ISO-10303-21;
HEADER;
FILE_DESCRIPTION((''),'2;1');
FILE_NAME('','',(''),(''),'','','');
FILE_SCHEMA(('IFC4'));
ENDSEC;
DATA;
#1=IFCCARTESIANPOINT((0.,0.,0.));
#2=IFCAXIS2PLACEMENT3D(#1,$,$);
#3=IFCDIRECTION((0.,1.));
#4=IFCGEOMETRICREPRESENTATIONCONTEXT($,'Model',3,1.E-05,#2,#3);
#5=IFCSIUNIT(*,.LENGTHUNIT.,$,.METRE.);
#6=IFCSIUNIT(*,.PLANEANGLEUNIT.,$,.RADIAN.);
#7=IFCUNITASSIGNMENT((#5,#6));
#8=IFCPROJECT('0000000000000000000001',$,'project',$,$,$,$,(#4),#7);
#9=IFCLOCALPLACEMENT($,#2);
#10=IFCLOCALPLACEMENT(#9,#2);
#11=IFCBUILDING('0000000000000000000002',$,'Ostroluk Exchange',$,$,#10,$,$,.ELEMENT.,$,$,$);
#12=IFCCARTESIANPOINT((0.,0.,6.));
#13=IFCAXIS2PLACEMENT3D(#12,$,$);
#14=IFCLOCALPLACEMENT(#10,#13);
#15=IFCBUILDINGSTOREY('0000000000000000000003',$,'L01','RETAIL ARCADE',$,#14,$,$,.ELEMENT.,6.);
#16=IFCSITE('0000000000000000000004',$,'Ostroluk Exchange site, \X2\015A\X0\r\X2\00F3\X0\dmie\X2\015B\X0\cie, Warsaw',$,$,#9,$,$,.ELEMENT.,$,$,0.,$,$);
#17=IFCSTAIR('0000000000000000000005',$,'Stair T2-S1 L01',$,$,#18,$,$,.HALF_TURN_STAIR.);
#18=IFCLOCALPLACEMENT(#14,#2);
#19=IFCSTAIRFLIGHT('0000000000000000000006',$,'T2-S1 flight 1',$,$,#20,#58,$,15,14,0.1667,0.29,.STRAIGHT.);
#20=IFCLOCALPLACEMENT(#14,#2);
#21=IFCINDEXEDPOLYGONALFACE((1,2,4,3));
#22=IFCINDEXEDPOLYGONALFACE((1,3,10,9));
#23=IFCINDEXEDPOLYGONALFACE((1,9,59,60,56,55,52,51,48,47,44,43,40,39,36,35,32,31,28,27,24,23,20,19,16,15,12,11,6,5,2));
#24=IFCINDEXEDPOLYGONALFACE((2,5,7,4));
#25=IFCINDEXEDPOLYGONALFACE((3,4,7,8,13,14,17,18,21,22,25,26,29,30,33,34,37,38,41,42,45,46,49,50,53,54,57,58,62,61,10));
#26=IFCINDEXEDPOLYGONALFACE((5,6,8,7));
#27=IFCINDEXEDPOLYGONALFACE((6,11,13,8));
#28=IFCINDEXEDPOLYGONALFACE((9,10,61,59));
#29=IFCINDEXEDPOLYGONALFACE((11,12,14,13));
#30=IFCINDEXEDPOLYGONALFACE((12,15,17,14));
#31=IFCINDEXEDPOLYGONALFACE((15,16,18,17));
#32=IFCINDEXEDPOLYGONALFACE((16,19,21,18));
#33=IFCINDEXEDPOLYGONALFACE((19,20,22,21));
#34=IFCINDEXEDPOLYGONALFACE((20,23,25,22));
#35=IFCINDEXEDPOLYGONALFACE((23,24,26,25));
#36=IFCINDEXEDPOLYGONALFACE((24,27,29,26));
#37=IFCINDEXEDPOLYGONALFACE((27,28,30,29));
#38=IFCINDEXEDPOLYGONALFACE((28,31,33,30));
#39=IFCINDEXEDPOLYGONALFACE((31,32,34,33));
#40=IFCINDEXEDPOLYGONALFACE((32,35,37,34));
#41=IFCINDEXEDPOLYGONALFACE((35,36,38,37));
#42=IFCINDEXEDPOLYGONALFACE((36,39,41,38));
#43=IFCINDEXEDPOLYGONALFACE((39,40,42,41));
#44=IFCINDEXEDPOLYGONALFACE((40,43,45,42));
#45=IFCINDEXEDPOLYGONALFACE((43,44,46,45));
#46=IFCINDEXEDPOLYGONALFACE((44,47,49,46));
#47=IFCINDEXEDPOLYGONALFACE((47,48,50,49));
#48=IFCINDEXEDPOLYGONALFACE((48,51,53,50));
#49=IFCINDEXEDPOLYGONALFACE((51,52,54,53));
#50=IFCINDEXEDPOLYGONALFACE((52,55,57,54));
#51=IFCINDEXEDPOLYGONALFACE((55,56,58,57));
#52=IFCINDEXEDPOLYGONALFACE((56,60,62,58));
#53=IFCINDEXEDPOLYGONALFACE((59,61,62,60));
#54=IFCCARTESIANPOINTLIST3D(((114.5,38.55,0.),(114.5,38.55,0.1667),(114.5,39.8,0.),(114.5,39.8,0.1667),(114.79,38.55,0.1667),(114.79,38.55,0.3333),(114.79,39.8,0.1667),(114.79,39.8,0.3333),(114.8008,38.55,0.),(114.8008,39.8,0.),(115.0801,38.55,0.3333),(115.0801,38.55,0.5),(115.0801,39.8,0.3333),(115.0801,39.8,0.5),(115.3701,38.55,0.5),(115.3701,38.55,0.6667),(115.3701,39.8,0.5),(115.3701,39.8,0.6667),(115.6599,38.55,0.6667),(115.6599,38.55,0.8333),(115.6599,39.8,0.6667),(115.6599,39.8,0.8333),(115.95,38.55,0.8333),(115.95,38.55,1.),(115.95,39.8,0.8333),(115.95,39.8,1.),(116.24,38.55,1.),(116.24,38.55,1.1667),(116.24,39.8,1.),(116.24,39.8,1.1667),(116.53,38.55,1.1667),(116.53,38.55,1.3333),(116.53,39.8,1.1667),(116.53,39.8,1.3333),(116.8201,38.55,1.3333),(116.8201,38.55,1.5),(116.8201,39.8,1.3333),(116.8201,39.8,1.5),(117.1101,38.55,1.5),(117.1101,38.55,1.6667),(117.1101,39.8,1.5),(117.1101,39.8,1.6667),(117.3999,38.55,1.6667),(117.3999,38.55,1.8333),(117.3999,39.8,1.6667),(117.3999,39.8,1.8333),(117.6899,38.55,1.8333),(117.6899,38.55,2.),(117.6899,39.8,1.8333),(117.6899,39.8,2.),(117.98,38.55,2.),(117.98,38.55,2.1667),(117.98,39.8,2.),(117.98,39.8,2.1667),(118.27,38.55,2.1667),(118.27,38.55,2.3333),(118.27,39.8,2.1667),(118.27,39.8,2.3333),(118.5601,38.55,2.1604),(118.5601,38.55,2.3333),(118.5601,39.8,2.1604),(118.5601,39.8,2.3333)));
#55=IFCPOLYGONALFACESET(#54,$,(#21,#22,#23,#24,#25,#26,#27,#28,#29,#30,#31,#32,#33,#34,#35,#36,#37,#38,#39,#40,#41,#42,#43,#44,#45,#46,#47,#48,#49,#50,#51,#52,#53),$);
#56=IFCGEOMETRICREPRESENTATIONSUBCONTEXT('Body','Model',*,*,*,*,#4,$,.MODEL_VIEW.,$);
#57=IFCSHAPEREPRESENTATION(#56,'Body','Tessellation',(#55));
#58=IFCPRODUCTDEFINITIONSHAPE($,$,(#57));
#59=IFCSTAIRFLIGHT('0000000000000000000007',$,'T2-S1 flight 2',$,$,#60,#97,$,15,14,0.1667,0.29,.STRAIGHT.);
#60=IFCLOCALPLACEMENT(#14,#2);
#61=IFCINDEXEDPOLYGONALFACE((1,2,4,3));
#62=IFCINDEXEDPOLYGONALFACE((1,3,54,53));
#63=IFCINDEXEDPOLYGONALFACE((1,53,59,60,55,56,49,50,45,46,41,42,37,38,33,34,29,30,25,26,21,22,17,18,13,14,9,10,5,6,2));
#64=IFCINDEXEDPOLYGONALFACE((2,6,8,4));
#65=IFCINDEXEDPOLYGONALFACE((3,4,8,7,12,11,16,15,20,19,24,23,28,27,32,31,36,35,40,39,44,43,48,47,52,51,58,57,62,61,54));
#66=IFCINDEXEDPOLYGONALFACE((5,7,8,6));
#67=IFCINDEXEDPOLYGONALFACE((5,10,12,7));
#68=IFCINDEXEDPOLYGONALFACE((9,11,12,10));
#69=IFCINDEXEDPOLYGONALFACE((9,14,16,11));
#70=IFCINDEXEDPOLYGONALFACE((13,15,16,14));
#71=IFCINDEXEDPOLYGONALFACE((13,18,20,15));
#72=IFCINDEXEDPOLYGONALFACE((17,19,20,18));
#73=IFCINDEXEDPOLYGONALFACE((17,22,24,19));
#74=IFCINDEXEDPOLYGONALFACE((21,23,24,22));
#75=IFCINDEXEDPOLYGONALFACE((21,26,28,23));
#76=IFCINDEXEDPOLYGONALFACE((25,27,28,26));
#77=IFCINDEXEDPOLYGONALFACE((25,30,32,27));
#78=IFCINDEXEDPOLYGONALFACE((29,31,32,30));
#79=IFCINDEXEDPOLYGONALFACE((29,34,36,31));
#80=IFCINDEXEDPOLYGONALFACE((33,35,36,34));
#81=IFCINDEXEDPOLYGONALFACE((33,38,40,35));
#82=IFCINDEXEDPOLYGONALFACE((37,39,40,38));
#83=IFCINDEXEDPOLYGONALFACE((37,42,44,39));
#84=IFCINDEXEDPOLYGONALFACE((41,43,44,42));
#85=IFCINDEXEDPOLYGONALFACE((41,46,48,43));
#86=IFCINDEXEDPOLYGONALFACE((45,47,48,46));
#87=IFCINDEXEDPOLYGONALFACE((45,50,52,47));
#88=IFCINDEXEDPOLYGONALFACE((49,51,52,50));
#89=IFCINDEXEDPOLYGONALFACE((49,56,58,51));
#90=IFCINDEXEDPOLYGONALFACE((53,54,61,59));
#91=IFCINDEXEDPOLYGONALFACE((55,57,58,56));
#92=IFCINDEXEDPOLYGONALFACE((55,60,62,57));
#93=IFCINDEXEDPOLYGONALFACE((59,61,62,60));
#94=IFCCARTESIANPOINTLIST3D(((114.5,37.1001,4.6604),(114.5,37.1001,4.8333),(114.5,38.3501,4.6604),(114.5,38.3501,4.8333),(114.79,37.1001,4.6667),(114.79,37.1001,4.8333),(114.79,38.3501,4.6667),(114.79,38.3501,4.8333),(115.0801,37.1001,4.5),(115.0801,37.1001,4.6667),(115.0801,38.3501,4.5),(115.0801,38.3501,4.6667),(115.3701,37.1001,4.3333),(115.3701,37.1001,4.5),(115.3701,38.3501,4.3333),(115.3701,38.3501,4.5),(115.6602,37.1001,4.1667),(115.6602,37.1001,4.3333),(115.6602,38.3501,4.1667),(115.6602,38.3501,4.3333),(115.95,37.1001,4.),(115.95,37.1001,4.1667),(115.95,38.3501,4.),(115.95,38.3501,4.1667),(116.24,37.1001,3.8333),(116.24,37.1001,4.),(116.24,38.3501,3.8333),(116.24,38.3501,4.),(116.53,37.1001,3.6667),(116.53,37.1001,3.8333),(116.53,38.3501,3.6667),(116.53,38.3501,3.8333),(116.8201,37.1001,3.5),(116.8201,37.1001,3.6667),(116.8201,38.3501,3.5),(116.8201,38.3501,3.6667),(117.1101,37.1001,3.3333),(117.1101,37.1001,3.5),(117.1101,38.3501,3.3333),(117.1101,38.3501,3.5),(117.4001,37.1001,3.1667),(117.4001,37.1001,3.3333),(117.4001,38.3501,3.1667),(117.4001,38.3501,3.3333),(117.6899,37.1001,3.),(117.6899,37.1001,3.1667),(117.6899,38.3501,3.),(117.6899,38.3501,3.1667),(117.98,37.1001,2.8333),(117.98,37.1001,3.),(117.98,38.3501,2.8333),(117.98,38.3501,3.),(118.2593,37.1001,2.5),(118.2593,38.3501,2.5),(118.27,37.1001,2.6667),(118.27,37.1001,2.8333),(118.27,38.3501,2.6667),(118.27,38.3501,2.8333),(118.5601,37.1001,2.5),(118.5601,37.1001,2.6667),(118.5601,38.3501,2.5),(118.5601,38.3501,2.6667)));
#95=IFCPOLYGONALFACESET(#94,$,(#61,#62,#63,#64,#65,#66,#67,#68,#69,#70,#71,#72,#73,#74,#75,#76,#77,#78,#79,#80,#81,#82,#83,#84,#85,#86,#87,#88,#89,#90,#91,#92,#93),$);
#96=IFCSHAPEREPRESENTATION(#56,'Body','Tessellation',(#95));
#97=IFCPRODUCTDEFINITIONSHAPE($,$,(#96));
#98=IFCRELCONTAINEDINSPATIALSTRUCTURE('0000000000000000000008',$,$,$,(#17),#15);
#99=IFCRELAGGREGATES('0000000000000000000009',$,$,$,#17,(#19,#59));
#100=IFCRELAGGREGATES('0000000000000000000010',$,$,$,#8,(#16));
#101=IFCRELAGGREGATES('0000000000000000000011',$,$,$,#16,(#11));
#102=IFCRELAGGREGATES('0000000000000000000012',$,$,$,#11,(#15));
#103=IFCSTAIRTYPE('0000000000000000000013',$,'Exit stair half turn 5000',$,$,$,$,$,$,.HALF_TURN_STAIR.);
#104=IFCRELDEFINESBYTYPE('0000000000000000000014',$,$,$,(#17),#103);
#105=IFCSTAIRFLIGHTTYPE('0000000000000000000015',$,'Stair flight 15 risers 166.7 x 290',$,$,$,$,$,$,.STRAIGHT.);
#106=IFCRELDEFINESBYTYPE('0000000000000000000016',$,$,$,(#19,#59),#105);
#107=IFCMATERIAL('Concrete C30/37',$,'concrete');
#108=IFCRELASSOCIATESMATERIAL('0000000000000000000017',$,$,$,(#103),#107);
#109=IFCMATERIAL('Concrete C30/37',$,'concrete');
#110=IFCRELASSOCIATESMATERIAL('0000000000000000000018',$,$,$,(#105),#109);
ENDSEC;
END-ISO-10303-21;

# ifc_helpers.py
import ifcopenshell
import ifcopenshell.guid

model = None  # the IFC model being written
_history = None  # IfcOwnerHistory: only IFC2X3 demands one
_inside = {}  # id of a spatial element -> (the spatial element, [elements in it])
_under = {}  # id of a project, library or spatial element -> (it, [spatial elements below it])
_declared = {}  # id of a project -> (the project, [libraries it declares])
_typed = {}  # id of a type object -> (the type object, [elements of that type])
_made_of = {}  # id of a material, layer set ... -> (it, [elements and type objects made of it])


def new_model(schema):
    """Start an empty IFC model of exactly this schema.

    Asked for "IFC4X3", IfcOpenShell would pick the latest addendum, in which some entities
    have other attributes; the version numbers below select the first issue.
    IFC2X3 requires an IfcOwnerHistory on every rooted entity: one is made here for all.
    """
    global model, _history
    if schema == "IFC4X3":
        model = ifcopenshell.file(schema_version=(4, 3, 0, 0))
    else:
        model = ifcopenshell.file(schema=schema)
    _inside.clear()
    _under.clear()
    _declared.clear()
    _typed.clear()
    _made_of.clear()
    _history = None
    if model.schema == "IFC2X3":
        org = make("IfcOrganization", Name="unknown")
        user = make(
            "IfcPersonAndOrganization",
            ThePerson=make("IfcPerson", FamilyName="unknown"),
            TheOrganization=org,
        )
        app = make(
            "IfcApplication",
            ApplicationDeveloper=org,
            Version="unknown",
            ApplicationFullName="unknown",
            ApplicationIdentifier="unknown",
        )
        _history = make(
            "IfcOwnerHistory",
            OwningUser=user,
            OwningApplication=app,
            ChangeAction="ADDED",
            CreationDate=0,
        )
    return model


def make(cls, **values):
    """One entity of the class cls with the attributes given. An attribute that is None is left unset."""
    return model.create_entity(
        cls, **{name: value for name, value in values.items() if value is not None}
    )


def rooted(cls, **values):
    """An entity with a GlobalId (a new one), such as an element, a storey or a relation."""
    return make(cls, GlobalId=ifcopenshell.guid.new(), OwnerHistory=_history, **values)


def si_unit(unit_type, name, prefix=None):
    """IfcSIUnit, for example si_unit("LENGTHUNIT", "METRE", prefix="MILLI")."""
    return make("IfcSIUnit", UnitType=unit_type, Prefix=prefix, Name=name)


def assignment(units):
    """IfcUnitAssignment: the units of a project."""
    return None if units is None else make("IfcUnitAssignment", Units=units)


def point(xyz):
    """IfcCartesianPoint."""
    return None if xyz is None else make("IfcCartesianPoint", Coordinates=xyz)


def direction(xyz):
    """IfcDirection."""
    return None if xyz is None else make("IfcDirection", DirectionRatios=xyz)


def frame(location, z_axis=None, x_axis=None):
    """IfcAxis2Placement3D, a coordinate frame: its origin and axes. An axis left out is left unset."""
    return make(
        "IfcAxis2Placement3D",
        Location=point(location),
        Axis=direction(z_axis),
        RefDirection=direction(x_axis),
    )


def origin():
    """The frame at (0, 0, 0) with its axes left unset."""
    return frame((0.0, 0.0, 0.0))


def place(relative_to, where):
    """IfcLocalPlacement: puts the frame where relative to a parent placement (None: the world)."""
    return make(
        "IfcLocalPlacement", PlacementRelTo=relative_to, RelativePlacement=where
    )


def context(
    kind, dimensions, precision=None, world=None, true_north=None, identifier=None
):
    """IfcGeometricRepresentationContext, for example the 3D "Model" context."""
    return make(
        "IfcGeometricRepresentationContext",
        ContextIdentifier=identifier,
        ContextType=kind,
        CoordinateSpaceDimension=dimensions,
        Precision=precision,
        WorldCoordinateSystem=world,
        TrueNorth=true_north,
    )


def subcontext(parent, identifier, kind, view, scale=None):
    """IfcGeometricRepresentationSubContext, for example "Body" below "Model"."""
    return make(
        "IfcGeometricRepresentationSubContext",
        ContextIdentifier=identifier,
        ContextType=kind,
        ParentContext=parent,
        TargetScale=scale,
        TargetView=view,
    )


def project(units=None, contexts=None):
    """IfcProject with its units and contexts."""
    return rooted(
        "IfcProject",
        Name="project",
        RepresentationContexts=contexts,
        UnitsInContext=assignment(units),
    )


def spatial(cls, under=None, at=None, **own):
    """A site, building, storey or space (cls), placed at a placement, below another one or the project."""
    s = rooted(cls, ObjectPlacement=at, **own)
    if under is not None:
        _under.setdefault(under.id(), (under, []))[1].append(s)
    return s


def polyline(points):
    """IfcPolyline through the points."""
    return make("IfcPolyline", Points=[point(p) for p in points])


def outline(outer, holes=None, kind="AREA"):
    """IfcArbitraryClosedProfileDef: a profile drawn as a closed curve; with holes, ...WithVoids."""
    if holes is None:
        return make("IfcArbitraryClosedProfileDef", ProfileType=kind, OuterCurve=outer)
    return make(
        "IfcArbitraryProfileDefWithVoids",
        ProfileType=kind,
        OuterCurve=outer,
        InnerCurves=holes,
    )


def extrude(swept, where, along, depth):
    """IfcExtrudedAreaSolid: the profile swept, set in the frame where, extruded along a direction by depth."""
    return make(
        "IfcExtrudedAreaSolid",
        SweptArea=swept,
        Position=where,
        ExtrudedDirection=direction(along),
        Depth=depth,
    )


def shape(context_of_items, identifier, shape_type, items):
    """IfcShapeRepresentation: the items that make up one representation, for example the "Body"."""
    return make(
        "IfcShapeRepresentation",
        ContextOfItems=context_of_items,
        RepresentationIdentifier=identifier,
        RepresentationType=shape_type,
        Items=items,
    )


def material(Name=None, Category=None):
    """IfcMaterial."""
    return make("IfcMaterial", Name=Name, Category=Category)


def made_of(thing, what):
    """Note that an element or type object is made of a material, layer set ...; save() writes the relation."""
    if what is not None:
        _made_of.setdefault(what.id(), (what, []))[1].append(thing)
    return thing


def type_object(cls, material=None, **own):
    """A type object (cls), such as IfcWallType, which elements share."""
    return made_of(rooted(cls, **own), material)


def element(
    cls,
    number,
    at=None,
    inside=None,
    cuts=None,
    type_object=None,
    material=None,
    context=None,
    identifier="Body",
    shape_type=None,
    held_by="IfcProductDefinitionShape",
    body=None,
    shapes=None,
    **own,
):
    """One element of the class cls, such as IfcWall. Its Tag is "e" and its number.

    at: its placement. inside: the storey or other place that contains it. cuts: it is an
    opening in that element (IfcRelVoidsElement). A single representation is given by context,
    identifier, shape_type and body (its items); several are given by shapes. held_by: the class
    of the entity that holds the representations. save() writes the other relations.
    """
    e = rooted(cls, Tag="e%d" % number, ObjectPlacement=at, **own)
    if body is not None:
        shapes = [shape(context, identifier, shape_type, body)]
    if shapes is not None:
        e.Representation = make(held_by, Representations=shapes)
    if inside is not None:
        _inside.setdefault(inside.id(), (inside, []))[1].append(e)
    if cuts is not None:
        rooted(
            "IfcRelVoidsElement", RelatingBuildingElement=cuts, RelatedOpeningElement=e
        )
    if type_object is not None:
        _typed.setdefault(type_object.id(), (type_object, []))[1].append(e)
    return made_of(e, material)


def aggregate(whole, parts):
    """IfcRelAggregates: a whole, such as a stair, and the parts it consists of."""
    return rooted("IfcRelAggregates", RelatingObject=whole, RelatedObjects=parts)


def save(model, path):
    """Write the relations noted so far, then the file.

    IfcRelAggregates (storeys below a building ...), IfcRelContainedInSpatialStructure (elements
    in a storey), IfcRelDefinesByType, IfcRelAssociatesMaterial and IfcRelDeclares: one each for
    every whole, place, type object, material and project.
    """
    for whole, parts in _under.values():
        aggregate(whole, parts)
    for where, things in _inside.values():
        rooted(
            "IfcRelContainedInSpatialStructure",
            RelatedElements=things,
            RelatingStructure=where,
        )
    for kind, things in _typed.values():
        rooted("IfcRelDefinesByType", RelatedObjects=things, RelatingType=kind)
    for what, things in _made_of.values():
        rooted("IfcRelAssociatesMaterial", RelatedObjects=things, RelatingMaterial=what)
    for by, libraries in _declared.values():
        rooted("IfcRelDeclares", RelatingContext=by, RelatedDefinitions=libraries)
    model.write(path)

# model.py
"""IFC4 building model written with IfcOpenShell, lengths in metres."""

from ifc_helpers import new_model, si_unit, direction, frame, origin, place, context, subcontext, project, spatial, polyline, outline, extrude, material, type_object, element, aggregate, save


model = new_model("IFC4")

# Units and contexts
model_context = context("Model", 3, precision=1e-05, world=origin(), true_north=direction((0.0, 1.0)))
body_context = subcontext(model_context, "Body", "Model", "MODEL_VIEW")
ifc_project = project(units=[si_unit("LENGTHUNIT", "METRE"), si_unit("PLANEANGLEUNIT", "RADIAN")], contexts=[model_context])

# Site, building, storey
site_placement = place(None, origin())
site = spatial("IfcSite", under=ifc_project, at=site_placement, Name="Ostroluk Exchange site, Śródmieście, Warsaw", CompositionType="ELEMENT", RefElevation=0.0)
building_placement = place(site_placement, origin())
building = spatial("IfcBuilding", under=site, at=building_placement, Name="Ostroluk Exchange", CompositionType="ELEMENT")
storey_placement = place(building_placement, frame((0.0, 0.0, 6.0)))
storey = spatial("IfcBuildingStorey", under=building, at=storey_placement, Name="L01", Description="RETAIL ARCADE", CompositionType="ELEMENT", Elevation=6.0)

# Stair, stair flights
ifc_material_1 = material(Name="Concrete C30/37", Category="concrete")
stair_type = type_object("IfcStairType", Name="Exit stair half turn 5000", PredefinedType="HALF_TURN_STAIR", material=ifc_material_1)
stair_placement = place(storey_placement, origin())
stair = element("IfcStair", 1, at=stair_placement, inside=storey, type_object=stair_type, Name="Stair T2-S1 L01", PredefinedType="HALF_TURN_STAIR")
ifc_material_2 = material(Name="Concrete C30/37", Category="concrete")
stair_flight_type = type_object("IfcStairFlightType", Name="Stair flight 15 risers 166.7 x 290", PredefinedType="STRAIGHT", material=ifc_material_2)
stair_flight_1_placement = place(storey_placement, frame((114.5, 39.175, 0.0), z_axis=(0.0, 0.0, 1.0), x_axis=(1.0, 0.0, 0.0)))
stair_flight_1 = element("IfcStairFlight", 2, at=stair_flight_1_placement, type_object=stair_flight_type, Name="T2-S1 flight 1", NumberOfRisers=15, NumberOfTreads=14, PredefinedType="STRAIGHT", RiserHeight=0.1667, TreadLength=0.29, context=body_context, shape_type="SweptSolid", body=[
    extrude(outline(polyline([(0.0, 0.0), (0.0, 0.1667), (0.29, 0.1667), (0.29, 0.3333), (0.5801, 0.3333), (0.5801, 0.5), (0.8701, 0.5), (0.8701, 0.6667), (1.1599, 0.6667), (1.1599, 0.8333), (1.45, 0.8333), (1.45, 1.0), (1.74, 1.0), (1.74, 1.1667), (2.03, 1.1667), (2.03, 1.3333), (2.3201, 1.3333), (2.3201, 1.5), (2.6101, 1.5), (2.6101, 1.6667), (2.8999, 1.6667), (2.8999, 1.8333), (3.1899, 1.8333), (3.1899, 2.0), (3.48, 2.0), (3.48, 2.1667), (3.77, 2.1667), (3.77, 2.3333), (4.0601, 2.3333), (4.0601, 2.5), (4.0601, 2.1604), (0.3008, 0.0), (0.0, 0.0)])), frame((0.0, 0.625, 0.0), z_axis=(0.0, -1.0, 0.0), x_axis=(1.0, 0.0, 0.0)), (0.0, 0.0, 1.0), 1.25),
])
stair_flight_2_placement = place(storey_placement, frame((118.5601, 37.7251, 2.5), z_axis=(0.0, 0.0, 1.0), x_axis=(-1.0, 0.0, 0.0)))
stair_flight_2 = element("IfcStairFlight", 3, at=stair_flight_2_placement, type_object=stair_flight_type, Name="T2-S1 flight 2", NumberOfRisers=15, NumberOfTreads=14, PredefinedType="STRAIGHT", RiserHeight=0.1667, TreadLength=0.29, context=body_context, shape_type="SweptSolid", body=[
    extrude(outline(polyline([(0.0, 0.0), (0.0, 0.1667), (0.29, 0.1667), (0.29, 0.3333), (0.5801, 0.3333), (0.5801, 0.5), (0.8701, 0.5), (0.8701, 0.6667), (1.1599, 0.6667), (1.1599, 0.8333), (1.45, 0.8333), (1.45, 1.0), (1.74, 1.0), (1.74, 1.1667), (2.03, 1.1667), (2.03, 1.3333), (2.3201, 1.3333), (2.3201, 1.5), (2.6101, 1.5), (2.6101, 1.6667), (2.8999, 1.6667), (2.8999, 1.8333), (3.1899, 1.8333), (3.1899, 2.0), (3.48, 2.0), (3.48, 2.1667), (3.77, 2.1667), (3.77, 2.3333), (4.0601, 2.3333), (4.0601, 2.5), (4.0601, 2.1604), (0.3008, 0.0), (0.0, 0.0)])), frame((0.0, 0.625, 0.0), z_axis=(0.0, -1.0, 0.0), x_axis=(1.0, 0.0, 0.0)), (0.0, 0.0, 1.0), 1.25),
])
aggregate(stair, [stair_flight_1, stair_flight_2])

save(model, "model.ifc")
